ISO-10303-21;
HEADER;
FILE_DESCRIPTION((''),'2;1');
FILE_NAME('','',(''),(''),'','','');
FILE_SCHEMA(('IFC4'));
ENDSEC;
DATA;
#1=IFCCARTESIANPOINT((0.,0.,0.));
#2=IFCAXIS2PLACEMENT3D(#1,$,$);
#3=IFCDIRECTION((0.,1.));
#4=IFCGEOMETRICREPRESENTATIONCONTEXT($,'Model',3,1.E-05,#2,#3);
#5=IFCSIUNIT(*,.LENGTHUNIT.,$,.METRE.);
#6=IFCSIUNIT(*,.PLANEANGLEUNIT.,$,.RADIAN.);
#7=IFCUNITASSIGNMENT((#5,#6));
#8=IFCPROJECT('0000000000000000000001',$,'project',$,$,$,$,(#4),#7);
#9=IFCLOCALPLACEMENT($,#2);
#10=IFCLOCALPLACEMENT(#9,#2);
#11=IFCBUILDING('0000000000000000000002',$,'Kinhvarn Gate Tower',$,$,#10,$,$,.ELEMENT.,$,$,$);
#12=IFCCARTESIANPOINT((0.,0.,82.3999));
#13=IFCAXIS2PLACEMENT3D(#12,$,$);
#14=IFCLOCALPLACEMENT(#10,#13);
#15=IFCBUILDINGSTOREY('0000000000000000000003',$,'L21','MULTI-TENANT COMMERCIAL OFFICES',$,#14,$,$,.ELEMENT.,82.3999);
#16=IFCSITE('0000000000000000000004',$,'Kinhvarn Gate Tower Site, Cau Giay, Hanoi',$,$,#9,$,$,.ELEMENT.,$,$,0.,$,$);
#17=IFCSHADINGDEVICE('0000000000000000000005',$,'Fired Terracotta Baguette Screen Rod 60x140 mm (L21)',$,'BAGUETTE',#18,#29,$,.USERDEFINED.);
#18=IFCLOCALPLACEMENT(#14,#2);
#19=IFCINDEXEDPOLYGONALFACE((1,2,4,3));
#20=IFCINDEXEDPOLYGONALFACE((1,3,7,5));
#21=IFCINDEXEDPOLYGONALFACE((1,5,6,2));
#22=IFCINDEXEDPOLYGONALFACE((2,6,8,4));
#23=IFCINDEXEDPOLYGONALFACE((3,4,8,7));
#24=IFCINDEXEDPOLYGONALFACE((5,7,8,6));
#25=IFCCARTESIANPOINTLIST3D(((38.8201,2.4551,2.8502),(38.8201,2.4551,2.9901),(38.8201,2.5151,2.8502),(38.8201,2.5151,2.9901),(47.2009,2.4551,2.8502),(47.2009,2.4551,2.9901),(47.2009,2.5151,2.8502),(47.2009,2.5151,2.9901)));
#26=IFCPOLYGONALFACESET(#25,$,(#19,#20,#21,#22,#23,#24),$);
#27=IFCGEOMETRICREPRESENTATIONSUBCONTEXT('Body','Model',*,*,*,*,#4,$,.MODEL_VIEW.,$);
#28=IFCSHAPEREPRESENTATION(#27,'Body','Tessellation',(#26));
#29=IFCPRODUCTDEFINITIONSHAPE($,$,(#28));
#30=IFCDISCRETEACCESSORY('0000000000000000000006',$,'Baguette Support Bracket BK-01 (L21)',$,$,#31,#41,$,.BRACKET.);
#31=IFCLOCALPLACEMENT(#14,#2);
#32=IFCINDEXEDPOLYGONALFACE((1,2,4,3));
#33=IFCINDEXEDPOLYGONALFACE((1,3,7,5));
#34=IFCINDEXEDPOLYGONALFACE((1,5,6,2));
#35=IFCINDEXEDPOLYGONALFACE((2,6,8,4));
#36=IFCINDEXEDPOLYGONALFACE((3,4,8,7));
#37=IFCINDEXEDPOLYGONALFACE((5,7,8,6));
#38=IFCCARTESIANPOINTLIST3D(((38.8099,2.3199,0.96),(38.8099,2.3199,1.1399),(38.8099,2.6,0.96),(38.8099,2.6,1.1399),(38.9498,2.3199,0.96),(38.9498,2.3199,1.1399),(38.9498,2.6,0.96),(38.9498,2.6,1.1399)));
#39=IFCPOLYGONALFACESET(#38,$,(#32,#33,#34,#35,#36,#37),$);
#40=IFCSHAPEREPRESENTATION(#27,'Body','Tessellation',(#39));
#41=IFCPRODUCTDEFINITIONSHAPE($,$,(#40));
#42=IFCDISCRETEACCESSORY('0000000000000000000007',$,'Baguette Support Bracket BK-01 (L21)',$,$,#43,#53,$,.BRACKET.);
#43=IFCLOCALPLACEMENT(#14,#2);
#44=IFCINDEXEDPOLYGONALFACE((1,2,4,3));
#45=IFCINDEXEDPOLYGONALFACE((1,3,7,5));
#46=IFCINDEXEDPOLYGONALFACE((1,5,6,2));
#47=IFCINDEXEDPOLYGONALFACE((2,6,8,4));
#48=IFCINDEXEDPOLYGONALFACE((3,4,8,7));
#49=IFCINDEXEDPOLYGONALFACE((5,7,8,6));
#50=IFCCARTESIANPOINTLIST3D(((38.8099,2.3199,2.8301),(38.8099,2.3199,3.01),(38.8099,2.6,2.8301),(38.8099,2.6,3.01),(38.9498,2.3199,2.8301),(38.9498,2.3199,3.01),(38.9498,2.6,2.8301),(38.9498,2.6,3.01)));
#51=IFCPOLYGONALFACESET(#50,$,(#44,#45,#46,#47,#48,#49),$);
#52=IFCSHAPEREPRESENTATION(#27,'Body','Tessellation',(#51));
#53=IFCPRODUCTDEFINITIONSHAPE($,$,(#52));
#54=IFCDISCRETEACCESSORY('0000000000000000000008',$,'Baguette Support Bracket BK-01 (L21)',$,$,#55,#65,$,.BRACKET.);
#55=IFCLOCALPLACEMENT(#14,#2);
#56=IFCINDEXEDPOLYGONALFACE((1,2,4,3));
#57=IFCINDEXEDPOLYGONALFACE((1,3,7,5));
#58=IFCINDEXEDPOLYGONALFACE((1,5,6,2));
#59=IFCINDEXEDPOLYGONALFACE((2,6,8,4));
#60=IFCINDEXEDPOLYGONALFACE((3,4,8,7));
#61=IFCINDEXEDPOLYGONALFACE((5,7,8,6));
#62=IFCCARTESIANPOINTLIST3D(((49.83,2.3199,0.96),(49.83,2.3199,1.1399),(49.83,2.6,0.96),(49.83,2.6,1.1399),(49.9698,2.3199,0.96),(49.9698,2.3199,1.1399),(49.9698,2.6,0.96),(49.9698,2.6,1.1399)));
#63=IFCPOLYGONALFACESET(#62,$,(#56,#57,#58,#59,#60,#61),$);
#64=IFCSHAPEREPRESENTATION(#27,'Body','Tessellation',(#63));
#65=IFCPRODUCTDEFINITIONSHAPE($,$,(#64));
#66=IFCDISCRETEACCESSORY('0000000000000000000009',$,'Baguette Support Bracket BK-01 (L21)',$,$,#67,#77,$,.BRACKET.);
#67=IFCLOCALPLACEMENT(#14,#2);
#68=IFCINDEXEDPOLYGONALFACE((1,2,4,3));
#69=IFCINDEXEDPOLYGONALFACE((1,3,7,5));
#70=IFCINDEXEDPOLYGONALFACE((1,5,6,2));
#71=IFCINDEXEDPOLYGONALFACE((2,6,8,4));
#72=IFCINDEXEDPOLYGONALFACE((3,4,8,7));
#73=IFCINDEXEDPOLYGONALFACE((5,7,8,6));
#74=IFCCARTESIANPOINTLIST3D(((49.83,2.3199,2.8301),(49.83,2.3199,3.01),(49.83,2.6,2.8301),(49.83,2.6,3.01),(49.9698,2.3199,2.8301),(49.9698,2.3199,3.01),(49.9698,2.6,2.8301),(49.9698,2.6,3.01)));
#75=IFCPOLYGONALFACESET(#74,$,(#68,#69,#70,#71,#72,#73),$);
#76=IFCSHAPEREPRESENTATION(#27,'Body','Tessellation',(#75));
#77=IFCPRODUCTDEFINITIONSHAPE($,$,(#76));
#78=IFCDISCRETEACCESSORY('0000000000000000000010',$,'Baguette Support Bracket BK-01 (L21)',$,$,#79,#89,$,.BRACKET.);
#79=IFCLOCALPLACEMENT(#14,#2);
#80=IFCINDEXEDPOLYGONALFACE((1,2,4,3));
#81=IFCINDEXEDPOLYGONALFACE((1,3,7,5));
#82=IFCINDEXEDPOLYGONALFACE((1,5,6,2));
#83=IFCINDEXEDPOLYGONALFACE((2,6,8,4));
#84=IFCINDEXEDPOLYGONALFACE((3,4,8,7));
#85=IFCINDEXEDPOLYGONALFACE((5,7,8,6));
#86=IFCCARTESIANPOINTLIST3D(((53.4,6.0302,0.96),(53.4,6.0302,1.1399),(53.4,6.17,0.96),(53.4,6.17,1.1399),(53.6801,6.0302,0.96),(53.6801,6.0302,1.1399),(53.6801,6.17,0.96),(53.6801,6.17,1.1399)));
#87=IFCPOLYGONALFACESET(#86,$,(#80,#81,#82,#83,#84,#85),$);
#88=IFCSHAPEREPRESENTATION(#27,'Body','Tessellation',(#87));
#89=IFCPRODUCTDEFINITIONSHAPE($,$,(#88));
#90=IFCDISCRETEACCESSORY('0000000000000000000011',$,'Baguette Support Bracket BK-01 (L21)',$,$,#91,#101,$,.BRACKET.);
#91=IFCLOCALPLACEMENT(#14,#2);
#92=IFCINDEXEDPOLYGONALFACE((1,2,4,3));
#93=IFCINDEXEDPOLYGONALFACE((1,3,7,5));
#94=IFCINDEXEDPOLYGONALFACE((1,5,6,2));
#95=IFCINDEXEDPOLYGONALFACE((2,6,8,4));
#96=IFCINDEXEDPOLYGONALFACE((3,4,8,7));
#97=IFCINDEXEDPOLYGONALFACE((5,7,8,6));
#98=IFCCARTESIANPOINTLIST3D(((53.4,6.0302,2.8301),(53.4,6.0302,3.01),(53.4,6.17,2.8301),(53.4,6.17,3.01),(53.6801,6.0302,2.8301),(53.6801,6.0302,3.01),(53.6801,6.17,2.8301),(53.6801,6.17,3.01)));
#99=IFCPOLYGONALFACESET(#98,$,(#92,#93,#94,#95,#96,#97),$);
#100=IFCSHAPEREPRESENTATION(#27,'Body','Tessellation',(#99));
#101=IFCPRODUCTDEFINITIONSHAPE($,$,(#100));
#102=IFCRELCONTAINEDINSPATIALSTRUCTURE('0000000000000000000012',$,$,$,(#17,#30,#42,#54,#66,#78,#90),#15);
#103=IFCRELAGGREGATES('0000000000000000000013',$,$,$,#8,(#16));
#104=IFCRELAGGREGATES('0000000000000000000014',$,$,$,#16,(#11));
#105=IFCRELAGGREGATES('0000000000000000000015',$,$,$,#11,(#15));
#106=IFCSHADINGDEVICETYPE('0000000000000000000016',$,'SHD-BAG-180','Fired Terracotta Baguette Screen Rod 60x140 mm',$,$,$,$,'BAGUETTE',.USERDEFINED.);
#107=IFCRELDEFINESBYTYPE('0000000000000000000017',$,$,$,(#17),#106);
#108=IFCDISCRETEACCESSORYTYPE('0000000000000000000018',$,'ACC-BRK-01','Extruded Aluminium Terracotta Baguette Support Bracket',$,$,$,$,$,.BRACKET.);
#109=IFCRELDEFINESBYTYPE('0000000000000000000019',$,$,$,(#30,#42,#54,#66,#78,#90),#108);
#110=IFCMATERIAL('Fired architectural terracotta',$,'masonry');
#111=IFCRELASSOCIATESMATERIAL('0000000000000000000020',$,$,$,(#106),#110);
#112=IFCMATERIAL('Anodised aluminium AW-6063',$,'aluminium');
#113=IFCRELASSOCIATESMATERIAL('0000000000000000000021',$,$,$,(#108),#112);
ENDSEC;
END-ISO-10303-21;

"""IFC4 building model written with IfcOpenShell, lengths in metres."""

from ifc_helpers import new_model, si_unit, direction, frame, origin, origin_2d, place, context, subcontext, project, spatial, rectangle, extrude, material, material_profile, profile_set, type_object, element, save


model = new_model("IFC4")

# Units and contexts
model_context = context("Model", 3, precision=1e-05, world=origin(), true_north=direction((0.0, 1.0)))
body_context = subcontext(model_context, "Body", "Model", "MODEL_VIEW")
ifc_project = project(units=[si_unit("LENGTHUNIT", "METRE"), si_unit("PLANEANGLEUNIT", "RADIAN")], contexts=[model_context])

# Site, building, storey
site_placement = place(None, origin())
site = spatial("IfcSite", under=ifc_project, at=site_placement, Name="Kinhvarn Gate Tower Site, Cau Giay, Hanoi", CompositionType="ELEMENT", RefElevation=0.0)
building_placement = place(site_placement, origin())
building = spatial("IfcBuilding", under=site, at=building_placement, Name="Kinhvarn Gate Tower", CompositionType="ELEMENT")
storey_placement = place(building_placement, frame((0.0, 0.0, 82.3999)))
storey = spatial("IfcBuildingStorey", under=building, at=storey_placement, Name="L21", Description="MULTI-TENANT COMMERCIAL OFFICES", CompositionType="ELEMENT", Elevation=82.3999)

# Shared definitions
ifc_material_1 = material(Name="Anodised aluminium AW-6063", Category="aluminium")

# Shared definitions
ifc_material_2 = material(Name="Fired architectural terracotta", Category="masonry")

# Shading device
ifc_material_profile_1 = material_profile(ifc_material_2, rectangle(XDim=0.0601, YDim=0.1399, at=origin_2d()), Name="TC 60x140")
ifc_profile_set_1 = profile_set([ifc_material_profile_1], Name="Fired architectural terracotta")
shading_device_type = type_object("IfcShadingDeviceType", Name="SHD-BAG-180", Description="Fired Terracotta Baguette Screen Rod 60x140 mm", ElementType="BAGUETTE", PredefinedType="USERDEFINED", material=ifc_profile_set_1)
for number, where, z_axis, x_axis, name in (
    (1, (38.8201, 2.4851, 2.9202), (1.0, 0.0, 0.0), (0.0, 1.0, 0.0), "Fired Terracotta Baguette Screen Rod 60x140 mm (L21)"),
):
    element("IfcShadingDevice", number, at=place(storey_placement, frame(where, z_axis=z_axis, x_axis=x_axis)), inside=storey, type_object=shading_device_type, Name=name, ObjectType="BAGUETTE", PredefinedType="USERDEFINED", context=body_context, shape_type="SweptSolid", body=[
        extrude(rectangle(XDim=0.0601, YDim=0.1399, at=origin_2d()), origin(), (0.0, 0.0, 1.0), 8.3809),
    ])

# Discrete accessories
discrete_accessory_type = type_object("IfcDiscreteAccessoryType", Name="ACC-BRK-01", Description="Extruded Aluminium Terracotta Baguette Support Bracket", PredefinedType="BRACKET", material=ifc_material_1)
for number, where, z_axis, x_axis, name in (
    (2, (38.8799, 2.46, 0.96), (0.0, 0.0, 1.0), (1.0, 0.0, 0.0), "Baguette Support Bracket BK-01 (L21)"),
    (3, (38.8799, 2.46, 2.8301), (0.0, 0.0, 1.0), (1.0, 0.0, 0.0), "Baguette Support Bracket BK-01 (L21)"),
    (4, (49.8999, 2.46, 0.96), (0.0, 0.0, 1.0), (1.0, 0.0, 0.0), "Baguette Support Bracket BK-01 (L21)"),
    (5, (49.8999, 2.46, 2.8301), (0.0, 0.0, 1.0), (1.0, 0.0, 0.0), "Baguette Support Bracket BK-01 (L21)"),
    (6, (53.54, 6.1001, 0.96), (0.0, 0.0, 1.0), (0.0, 1.0, 0.0), "Baguette Support Bracket BK-01 (L21)"),
    (7, (53.54, 6.1001, 2.8301), (0.0, 0.0, 1.0), (0.0, 1.0, 0.0), "Baguette Support Bracket BK-01 (L21)"),
):
    element("IfcDiscreteAccessory", number, at=place(storey_placement, frame(where, z_axis=z_axis, x_axis=x_axis)), inside=storey, type_object=discrete_accessory_type, Name=name, PredefinedType="BRACKET", context=body_context, shape_type="SweptSolid", body=[
        extrude(rectangle(XDim=0.1399, YDim=0.28, at=origin_2d()), origin(), (0.0, 0.0, 1.0), 0.1799),
    ])

save(model, "model.ifc")
